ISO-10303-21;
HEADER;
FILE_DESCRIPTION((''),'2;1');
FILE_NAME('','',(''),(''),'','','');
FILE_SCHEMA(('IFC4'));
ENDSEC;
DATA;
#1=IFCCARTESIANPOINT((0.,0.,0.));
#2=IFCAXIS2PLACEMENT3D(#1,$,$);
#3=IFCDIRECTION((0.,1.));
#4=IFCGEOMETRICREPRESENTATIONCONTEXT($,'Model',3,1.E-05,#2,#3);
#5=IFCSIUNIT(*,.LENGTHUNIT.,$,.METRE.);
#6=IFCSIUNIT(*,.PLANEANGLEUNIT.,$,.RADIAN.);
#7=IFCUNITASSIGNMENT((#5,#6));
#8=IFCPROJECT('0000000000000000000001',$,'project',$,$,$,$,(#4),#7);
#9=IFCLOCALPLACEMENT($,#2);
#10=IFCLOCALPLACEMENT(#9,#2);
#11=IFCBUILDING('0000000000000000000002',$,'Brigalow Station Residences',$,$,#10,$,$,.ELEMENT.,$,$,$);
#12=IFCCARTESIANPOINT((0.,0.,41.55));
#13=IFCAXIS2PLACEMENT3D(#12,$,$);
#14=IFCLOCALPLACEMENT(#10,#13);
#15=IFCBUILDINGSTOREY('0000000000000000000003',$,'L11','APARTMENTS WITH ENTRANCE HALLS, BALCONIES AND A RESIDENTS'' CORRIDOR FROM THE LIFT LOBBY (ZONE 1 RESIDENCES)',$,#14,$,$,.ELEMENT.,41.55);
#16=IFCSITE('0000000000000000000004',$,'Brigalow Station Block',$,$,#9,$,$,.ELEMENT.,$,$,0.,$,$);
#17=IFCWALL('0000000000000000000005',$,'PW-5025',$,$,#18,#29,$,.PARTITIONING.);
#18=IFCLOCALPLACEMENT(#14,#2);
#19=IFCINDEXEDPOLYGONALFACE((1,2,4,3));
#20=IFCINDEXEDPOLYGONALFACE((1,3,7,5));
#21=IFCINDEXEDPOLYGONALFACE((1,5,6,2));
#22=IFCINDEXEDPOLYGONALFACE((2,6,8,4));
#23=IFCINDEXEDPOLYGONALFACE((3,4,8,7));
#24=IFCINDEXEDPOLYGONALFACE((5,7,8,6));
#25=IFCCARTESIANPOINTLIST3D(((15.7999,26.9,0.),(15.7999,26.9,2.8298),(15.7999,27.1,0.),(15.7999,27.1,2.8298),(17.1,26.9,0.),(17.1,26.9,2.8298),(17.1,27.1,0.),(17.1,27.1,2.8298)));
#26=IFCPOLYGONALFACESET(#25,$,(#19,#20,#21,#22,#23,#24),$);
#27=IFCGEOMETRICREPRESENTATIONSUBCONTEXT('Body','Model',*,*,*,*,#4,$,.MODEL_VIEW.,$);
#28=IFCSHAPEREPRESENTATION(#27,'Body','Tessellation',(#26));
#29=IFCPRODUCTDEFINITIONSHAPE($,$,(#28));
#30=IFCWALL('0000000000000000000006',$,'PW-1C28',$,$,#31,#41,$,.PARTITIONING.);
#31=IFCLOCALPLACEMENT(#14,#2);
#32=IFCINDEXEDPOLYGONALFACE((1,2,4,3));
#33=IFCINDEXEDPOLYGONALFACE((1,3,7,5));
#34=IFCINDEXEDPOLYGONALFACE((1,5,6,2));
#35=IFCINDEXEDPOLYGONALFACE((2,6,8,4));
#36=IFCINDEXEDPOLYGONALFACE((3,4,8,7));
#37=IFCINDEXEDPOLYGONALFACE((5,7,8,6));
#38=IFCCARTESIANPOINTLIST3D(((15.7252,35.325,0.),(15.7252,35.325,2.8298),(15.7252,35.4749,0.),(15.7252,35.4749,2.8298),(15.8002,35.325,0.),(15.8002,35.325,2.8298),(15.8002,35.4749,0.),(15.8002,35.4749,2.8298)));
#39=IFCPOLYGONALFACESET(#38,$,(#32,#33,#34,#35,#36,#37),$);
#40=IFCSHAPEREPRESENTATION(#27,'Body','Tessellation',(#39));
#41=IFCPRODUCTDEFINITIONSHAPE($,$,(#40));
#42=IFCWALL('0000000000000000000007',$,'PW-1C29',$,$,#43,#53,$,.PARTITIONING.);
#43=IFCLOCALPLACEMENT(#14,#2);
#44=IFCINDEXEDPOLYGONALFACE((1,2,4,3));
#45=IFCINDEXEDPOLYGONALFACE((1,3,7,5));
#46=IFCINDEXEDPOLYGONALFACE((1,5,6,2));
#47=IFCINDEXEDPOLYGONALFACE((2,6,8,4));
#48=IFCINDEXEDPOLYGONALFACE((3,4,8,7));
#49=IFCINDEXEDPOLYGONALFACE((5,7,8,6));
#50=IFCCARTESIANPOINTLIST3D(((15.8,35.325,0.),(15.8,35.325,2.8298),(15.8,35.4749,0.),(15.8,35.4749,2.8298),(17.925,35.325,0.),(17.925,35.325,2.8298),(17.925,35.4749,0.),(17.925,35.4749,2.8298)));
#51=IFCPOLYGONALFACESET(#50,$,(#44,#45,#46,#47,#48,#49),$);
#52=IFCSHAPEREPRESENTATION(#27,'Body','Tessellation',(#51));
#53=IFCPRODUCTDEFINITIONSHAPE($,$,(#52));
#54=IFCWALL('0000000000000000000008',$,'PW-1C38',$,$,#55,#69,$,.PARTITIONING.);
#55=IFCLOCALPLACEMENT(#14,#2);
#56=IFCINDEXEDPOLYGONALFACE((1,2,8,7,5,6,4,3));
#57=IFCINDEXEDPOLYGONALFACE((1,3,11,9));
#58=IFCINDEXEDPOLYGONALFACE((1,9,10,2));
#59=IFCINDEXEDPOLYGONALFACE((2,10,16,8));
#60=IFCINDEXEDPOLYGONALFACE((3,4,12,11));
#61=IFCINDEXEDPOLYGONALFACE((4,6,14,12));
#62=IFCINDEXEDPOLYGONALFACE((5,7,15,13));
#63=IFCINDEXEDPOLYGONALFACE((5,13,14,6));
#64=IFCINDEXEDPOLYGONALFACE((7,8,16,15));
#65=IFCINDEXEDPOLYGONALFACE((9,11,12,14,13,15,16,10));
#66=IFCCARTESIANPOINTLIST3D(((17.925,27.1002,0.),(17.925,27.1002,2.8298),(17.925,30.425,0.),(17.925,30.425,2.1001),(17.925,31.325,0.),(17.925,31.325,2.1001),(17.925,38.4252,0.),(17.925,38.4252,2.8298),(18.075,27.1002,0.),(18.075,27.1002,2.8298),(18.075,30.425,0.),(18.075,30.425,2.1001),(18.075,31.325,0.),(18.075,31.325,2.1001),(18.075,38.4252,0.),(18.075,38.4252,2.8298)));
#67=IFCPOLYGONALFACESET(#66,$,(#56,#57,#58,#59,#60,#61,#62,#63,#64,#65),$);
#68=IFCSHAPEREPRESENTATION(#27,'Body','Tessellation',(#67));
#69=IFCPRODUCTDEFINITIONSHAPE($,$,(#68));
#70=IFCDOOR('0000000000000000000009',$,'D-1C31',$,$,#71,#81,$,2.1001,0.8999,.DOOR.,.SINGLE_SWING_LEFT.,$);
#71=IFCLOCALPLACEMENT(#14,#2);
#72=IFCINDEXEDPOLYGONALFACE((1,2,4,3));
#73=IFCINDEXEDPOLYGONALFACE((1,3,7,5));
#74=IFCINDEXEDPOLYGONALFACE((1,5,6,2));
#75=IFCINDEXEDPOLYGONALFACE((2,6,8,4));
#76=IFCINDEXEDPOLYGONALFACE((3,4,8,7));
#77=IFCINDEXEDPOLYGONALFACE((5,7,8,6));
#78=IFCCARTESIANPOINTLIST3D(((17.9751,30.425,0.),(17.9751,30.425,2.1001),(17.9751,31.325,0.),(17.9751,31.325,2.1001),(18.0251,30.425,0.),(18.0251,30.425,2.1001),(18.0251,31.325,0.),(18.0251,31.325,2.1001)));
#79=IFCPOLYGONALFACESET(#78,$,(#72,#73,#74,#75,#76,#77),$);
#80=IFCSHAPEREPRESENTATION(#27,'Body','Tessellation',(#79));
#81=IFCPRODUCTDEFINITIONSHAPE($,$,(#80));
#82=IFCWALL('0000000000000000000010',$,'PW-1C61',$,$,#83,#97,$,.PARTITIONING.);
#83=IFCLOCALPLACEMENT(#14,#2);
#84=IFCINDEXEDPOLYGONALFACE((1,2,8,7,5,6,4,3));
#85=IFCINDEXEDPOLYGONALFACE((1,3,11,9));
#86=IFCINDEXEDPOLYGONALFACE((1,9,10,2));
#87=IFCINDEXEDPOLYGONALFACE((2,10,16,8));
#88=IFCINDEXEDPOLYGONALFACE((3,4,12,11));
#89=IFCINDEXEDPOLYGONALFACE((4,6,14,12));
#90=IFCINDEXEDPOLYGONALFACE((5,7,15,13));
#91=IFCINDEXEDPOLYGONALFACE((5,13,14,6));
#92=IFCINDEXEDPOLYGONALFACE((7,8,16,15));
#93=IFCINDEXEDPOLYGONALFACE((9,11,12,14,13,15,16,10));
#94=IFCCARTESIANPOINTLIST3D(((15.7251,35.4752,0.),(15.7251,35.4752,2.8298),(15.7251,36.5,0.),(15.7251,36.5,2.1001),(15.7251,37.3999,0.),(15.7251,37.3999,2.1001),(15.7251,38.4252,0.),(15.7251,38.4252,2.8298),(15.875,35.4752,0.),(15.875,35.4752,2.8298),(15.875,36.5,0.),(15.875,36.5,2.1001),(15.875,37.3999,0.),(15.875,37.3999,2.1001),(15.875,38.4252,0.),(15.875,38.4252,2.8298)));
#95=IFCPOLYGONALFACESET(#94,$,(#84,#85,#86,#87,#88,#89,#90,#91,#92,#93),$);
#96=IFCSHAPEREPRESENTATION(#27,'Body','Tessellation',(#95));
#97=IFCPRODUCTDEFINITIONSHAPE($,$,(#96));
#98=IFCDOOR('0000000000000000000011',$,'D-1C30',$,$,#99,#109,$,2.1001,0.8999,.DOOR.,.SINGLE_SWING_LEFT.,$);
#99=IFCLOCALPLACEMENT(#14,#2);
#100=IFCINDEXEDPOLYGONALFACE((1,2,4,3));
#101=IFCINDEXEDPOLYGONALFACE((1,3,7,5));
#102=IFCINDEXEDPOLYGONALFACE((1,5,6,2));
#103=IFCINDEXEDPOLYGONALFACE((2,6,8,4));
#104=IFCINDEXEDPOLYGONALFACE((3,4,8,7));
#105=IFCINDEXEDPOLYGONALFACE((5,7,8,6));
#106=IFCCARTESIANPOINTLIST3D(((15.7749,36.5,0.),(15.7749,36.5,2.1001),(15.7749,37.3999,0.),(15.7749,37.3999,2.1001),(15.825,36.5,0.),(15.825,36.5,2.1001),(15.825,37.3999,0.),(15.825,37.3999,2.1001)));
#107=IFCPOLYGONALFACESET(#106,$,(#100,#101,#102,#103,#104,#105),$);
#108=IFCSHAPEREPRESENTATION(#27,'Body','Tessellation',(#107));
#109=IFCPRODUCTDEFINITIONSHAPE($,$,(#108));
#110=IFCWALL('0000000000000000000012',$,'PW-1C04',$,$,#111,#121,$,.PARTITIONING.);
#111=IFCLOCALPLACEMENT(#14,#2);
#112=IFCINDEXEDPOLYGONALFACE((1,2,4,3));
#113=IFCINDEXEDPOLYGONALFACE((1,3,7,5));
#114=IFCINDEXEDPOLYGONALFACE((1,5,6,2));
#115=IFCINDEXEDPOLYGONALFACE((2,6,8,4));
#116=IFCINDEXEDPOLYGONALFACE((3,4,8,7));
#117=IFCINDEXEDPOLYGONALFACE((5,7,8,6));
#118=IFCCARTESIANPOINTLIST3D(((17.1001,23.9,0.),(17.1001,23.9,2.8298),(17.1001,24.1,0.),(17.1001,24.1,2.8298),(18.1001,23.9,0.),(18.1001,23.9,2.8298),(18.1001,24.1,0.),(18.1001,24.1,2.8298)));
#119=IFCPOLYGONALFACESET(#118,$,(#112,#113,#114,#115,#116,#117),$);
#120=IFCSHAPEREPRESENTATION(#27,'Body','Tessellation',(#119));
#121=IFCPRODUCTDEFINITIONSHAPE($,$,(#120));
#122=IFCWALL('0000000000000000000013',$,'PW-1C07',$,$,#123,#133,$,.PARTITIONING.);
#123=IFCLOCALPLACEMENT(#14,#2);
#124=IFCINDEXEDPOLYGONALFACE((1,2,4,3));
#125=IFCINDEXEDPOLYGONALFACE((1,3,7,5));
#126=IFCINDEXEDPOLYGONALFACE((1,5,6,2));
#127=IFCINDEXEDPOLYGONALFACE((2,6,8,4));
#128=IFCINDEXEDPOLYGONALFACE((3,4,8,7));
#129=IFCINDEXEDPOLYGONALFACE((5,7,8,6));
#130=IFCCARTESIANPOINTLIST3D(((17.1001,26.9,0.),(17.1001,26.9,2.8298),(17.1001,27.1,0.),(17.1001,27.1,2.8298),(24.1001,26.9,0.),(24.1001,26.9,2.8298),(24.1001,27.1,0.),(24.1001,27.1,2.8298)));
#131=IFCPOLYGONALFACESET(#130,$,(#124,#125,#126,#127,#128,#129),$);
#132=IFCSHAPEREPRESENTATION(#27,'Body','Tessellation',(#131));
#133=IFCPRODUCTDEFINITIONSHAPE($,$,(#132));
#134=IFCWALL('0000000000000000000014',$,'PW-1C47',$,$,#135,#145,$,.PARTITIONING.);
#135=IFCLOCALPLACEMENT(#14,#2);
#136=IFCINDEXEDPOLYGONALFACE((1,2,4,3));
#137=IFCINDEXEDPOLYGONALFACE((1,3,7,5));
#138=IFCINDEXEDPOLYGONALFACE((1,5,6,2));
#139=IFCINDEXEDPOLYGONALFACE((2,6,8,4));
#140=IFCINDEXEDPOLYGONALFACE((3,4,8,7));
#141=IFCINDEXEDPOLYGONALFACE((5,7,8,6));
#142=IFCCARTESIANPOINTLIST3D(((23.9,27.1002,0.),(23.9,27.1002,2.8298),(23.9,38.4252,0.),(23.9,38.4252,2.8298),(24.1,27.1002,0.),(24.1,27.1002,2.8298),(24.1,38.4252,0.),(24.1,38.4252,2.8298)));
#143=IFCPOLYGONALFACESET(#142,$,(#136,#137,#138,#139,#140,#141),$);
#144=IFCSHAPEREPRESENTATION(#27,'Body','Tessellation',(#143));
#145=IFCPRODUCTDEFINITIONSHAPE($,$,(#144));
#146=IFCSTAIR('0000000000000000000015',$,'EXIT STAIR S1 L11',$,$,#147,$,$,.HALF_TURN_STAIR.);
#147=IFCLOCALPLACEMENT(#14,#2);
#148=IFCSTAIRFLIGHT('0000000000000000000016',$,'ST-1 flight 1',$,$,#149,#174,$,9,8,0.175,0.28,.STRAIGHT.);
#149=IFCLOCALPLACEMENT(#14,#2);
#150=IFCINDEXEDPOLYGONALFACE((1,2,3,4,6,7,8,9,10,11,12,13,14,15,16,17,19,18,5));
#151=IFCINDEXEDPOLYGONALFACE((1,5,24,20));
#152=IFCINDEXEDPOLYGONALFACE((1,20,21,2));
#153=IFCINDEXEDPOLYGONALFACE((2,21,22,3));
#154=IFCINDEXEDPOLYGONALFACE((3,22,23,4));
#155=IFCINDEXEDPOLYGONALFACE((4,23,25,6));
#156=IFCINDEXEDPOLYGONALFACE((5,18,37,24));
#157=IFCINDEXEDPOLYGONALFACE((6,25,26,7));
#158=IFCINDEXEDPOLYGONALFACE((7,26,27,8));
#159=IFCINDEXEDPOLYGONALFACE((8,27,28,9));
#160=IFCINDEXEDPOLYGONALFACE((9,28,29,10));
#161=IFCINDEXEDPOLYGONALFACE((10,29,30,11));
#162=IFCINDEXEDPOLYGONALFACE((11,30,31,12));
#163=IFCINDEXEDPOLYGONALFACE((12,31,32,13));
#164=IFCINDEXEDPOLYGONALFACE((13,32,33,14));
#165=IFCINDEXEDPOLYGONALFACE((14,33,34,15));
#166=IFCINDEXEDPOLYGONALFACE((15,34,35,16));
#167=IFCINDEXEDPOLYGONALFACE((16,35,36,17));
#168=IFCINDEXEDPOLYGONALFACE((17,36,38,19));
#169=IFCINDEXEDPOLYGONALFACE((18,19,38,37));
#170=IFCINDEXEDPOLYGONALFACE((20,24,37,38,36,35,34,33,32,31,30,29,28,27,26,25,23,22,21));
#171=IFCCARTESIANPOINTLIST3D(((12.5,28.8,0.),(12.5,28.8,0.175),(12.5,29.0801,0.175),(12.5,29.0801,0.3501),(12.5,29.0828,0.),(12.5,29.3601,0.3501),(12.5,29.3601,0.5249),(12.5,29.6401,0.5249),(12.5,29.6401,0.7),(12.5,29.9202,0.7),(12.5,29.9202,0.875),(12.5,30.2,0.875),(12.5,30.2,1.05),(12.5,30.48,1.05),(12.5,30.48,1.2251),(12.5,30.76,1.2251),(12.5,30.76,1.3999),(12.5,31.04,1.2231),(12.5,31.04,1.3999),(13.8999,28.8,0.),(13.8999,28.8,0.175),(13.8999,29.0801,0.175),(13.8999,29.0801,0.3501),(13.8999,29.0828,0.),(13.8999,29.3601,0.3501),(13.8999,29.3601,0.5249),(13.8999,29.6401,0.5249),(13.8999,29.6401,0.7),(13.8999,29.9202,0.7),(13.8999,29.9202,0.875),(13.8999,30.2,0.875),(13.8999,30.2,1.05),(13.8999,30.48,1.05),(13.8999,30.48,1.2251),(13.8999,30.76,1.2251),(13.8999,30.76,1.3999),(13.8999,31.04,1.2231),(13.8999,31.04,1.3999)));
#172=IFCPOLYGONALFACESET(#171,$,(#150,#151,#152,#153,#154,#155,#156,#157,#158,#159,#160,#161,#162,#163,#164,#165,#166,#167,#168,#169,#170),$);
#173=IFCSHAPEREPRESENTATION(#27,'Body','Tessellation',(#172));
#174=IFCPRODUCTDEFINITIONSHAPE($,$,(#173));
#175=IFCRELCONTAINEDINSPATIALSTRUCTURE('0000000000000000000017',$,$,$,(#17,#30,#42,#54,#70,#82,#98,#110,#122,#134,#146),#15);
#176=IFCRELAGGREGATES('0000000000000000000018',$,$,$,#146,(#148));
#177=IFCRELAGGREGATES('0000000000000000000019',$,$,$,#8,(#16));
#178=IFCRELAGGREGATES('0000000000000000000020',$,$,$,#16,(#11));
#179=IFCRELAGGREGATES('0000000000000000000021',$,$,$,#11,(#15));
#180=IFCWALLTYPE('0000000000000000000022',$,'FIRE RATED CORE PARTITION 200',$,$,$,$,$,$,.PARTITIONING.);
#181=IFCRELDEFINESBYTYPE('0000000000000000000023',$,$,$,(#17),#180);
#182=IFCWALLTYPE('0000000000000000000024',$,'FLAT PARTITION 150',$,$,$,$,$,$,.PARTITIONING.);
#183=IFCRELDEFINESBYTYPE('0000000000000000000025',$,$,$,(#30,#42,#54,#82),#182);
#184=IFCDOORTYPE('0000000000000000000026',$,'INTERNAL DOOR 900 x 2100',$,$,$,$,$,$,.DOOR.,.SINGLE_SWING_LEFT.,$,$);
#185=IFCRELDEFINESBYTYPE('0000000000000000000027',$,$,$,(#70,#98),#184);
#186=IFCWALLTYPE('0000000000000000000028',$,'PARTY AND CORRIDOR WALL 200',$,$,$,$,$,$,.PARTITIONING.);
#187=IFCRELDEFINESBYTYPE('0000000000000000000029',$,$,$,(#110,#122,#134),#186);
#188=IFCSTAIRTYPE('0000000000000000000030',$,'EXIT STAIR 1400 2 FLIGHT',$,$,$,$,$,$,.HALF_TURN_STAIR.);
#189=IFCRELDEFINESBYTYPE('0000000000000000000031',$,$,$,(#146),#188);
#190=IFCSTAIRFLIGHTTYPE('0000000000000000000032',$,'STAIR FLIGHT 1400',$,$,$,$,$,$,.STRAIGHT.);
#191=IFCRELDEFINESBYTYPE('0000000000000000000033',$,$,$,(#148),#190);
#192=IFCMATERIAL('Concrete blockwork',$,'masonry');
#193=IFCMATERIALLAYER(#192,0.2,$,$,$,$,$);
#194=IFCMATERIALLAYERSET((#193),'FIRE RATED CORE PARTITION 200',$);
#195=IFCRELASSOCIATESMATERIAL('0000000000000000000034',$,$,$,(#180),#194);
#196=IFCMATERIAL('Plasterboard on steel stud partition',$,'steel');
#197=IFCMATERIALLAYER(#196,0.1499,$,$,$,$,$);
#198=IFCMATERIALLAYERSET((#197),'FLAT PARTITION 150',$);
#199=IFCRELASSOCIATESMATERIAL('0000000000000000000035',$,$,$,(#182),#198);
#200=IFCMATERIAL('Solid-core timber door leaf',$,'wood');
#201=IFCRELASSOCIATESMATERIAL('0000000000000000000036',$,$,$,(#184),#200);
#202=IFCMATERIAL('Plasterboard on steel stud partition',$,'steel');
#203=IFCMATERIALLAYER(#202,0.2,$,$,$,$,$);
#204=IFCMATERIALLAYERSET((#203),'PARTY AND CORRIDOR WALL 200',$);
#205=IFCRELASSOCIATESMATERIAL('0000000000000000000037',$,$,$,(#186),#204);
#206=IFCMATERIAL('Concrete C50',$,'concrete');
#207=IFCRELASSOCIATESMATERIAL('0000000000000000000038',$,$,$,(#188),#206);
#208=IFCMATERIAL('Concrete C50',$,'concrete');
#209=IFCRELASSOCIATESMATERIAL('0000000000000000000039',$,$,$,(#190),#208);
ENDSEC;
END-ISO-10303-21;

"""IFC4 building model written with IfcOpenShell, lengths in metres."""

from ifc_helpers import new_model, si_unit, direction, frame, frame_2d, origin, place, context, subcontext, project, spatial, polyline, rectangle, outline, extrude, material, layer, layer_set, type_object, element, fill, aggregate, save


model = new_model("IFC4")

# Units and contexts
model_context = context("Model", 3, precision=1e-05, world=origin(), true_north=direction((0.0, 1.0)))
body_context = subcontext(model_context, "Body", "Model", "MODEL_VIEW")
ifc_project = project(units=[si_unit("LENGTHUNIT", "METRE"), si_unit("PLANEANGLEUNIT", "RADIAN")], contexts=[model_context])

# Site, building, storey
site_placement = place(None, origin())
site = spatial("IfcSite", under=ifc_project, at=site_placement, Name="Brigalow Station Block", CompositionType="ELEMENT", RefElevation=0.0)
building_placement = place(site_placement, origin())
building = spatial("IfcBuilding", under=site, at=building_placement, Name="Brigalow Station Residences", CompositionType="ELEMENT")
storey_placement = place(building_placement, frame((0.0, 0.0, 41.55)))
storey = spatial("IfcBuildingStorey", under=building, at=storey_placement, Name="L11", Description="APARTMENTS WITH ENTRANCE HALLS, BALCONIES AND A RESIDENTS' CORRIDOR FROM THE LIFT LOBBY (ZONE 1 RESIDENCES)", CompositionType="ELEMENT", Elevation=41.55)

# Walls
ifc_material_1 = material(Name="Concrete blockwork", Category="masonry")
ifc_layer_1 = layer(ifc_material_1, 0.2)
ifc_layer_set_1 = layer_set([ifc_layer_1], Name="FIRE RATED CORE PARTITION 200")
wall_type_1 = type_object("IfcWallType", Name="FIRE RATED CORE PARTITION 200", PredefinedType="PARTITIONING", material=ifc_layer_set_1)
wall_1_placement = place(storey_placement, frame((15.8, 27.0, 0.0), z_axis=(0.0, 0.0, 1.0), x_axis=(1.0, 0.0, 0.0)))
element("IfcWall", 1, at=wall_1_placement, inside=storey, type_object=wall_type_1, Name="PW-5025", PredefinedType="PARTITIONING", context=body_context, shape_type="SweptSolid", body=[
    extrude(rectangle(XDim=1.3, YDim=0.2, at=frame_2d((0.6499, 0.0))), origin(), (0.0, 0.0, 1.0), 2.8298),
])
ifc_material_2 = material(Name="Plasterboard on steel stud partition", Category="steel")
ifc_layer_2 = layer(ifc_material_2, 0.1499)
ifc_layer_set_2 = layer_set([ifc_layer_2], Name="FLAT PARTITION 150")
wall_type_2 = type_object("IfcWallType", Name="FLAT PARTITION 150", PredefinedType="PARTITIONING", material=ifc_layer_set_2)
wall_2_placement = place(storey_placement, frame((15.7251, 35.3999, 0.0), z_axis=(0.0, 0.0, 1.0), x_axis=(1.0, 0.0, 0.0)))
element("IfcWall", 2, at=wall_2_placement, inside=storey, type_object=wall_type_2, Name="PW-1C28", PredefinedType="PARTITIONING", context=body_context, shape_type="SweptSolid", body=[
    extrude(rectangle(XDim=0.075, YDim=0.1499, at=frame_2d((0.0376, 0.0))), origin(), (0.0, 0.0, 1.0), 2.8298),
])
wall_3_placement = place(storey_placement, frame((15.8, 35.3999, 0.0), z_axis=(0.0, 0.0, 1.0), x_axis=(1.0, 0.0, 0.0)))
element("IfcWall", 3, at=wall_3_placement, inside=storey, type_object=wall_type_2, Name="PW-1C29", PredefinedType="PARTITIONING", context=body_context, shape_type="SweptSolid", body=[
    extrude(rectangle(XDim=2.125, YDim=0.1499, at=frame_2d((1.0625, 0.0))), origin(), (0.0, 0.0, 1.0), 2.8298),
])

# Walls, openings, doors
wall_4_placement = place(storey_placement, frame((18.0, 27.1001, 0.0), z_axis=(0.0, 0.0, 1.0), x_axis=(0.0, 1.0, 0.0)))
wall_4 = element("IfcWall", 4, at=wall_4_placement, inside=storey, type_object=wall_type_2, Name="PW-1C38", PredefinedType="PARTITIONING", context=body_context, shape_type="SweptSolid", body=[
    extrude(rectangle(XDim=11.325, YDim=0.1499, at=frame_2d((5.6626, 0.0))), origin(), (0.0, 0.0, 1.0), 2.8298),
])
opening_1_placement = place(wall_4_placement, frame((3.325, 0.0, 0.0)))
opening_1 = element("IfcOpeningElement", 5, at=opening_1_placement, cuts=wall_4, PredefinedType="OPENING", context=body_context, shape_type="SweptSolid", body=[
    extrude(rectangle(XDim=0.8999, YDim=2.1001, at=frame_2d((0.45, 1.05))), frame((0.0, 0.085, 0.0), z_axis=(0.0, -1.0, 0.0), x_axis=(1.0, 0.0, 0.0)), (0.0, 0.0, 1.0), 0.1699),
])
ifc_material_3 = material(Name="Solid-core timber door leaf", Category="wood")
door_type = type_object("IfcDoorType", Name="INTERNAL DOOR 900 x 2100", OperationType="SINGLE_SWING_LEFT", PredefinedType="DOOR", material=ifc_material_3)
door_1_placement = place(opening_1_placement, origin())
door_1 = element("IfcDoor", 6, at=door_1_placement, inside=storey, type_object=door_type, Name="D-1C31", OperationType="SINGLE_SWING_LEFT", OverallHeight=2.1001, OverallWidth=0.8999, PredefinedType="DOOR", context=body_context, shape_type="SweptSolid", body=[
    extrude(rectangle(XDim=0.8999, YDim=2.1001, at=frame_2d((0.45, 1.05))), frame((0.0, 0.0249, 0.0), z_axis=(0.0, -1.0, 0.0), x_axis=(1.0, 0.0, 0.0)), (0.0, 0.0, 1.0), 0.05),
])
fill(opening_1, door_1)
wall_5_placement = place(storey_placement, frame((15.8, 35.4751, 0.0), z_axis=(0.0, 0.0, 1.0), x_axis=(0.0, 1.0, 0.0)))
wall_5 = element("IfcWall", 7, at=wall_5_placement, inside=storey, type_object=wall_type_2, Name="PW-1C61", PredefinedType="PARTITIONING", context=body_context, shape_type="SweptSolid", body=[
    extrude(rectangle(XDim=2.95, YDim=0.1499, at=frame_2d((1.4751, 0.0))), origin(), (0.0, 0.0, 1.0), 2.8298),
])
opening_2_placement = place(wall_5_placement, frame((1.0249, 0.0, 0.0)))
opening_2 = element("IfcOpeningElement", 8, at=opening_2_placement, cuts=wall_5, PredefinedType="OPENING", context=body_context, shape_type="SweptSolid", body=[
    extrude(rectangle(XDim=0.8999, YDim=2.1001, at=frame_2d((0.45, 1.05))), frame((0.0, 0.085, 0.0), z_axis=(0.0, -1.0, 0.0), x_axis=(1.0, 0.0, 0.0)), (0.0, 0.0, 1.0), 0.1699),
])
door_2_placement = place(opening_2_placement, frame((0.8999, 0.0, 0.0), z_axis=(0.0, 0.0, 1.0), x_axis=(-1.0, 0.0, 0.0)))
door_2 = element("IfcDoor", 9, at=door_2_placement, inside=storey, type_object=door_type, Name="D-1C30", OperationType="SINGLE_SWING_LEFT", OverallHeight=2.1001, OverallWidth=0.8999, PredefinedType="DOOR", context=body_context, shape_type="SweptSolid", body=[
    extrude(rectangle(XDim=0.8999, YDim=2.1001, at=frame_2d((0.45, 1.05))), frame((0.0, 0.0249, 0.0), z_axis=(0.0, -1.0, 0.0), x_axis=(1.0, 0.0, 0.0)), (0.0, 0.0, 1.0), 0.05),
])
fill(opening_2, door_2)

# Walls
ifc_material_4 = material(Name="Plasterboard on steel stud partition", Category="steel")
ifc_layer_3 = layer(ifc_material_4, 0.2)
ifc_layer_set_3 = layer_set([ifc_layer_3], Name="PARTY AND CORRIDOR WALL 200")
wall_type_3 = type_object("IfcWallType", Name="PARTY AND CORRIDOR WALL 200", PredefinedType="PARTITIONING", material=ifc_layer_set_3)
wall_6_placement = place(storey_placement, frame((17.1001, 24.0, 0.0), z_axis=(0.0, 0.0, 1.0), x_axis=(1.0, 0.0, 0.0)))
element("IfcWall", 10, at=wall_6_placement, inside=storey, type_object=wall_type_3, Name="PW-1C04", PredefinedType="PARTITIONING", context=body_context, shape_type="SweptSolid", body=[
    extrude(rectangle(XDim=1.0, YDim=0.2, at=frame_2d((0.5, 0.0))), origin(), (0.0, 0.0, 1.0), 2.8298),
])
wall_7_placement = place(storey_placement, frame((17.1001, 27.0, 0.0), z_axis=(0.0, 0.0, 1.0), x_axis=(1.0, 0.0, 0.0)))
element("IfcWall", 11, at=wall_7_placement, inside=storey, type_object=wall_type_3, Name="PW-1C07", PredefinedType="PARTITIONING", context=body_context, shape_type="SweptSolid", body=[
    extrude(rectangle(XDim=7.0, YDim=0.2, at=frame_2d((3.5, 0.0))), origin(), (0.0, 0.0, 1.0), 2.8298),
])
wall_8_placement = place(storey_placement, frame((24.0, 27.1001, 0.0), z_axis=(0.0, 0.0, 1.0), x_axis=(0.0, 1.0, 0.0)))
element("IfcWall", 12, at=wall_8_placement, inside=storey, type_object=wall_type_3, Name="PW-1C47", PredefinedType="PARTITIONING", context=body_context, shape_type="SweptSolid", body=[
    extrude(rectangle(XDim=11.325, YDim=0.2, at=frame_2d((5.6626, 0.0))), origin(), (0.0, 0.0, 1.0), 2.8298),
])

# Stair, stair flight
ifc_material_5 = material(Name="Concrete C50", Category="concrete")
stair_type = type_object("IfcStairType", Name="EXIT STAIR 1400 2 FLIGHT", PredefinedType="HALF_TURN_STAIR", material=ifc_material_5)
stair_placement = place(storey_placement, origin())
stair = element("IfcStair", 13, at=stair_placement, inside=storey, type_object=stair_type, Name="EXIT STAIR S1 L11", PredefinedType="HALF_TURN_STAIR")
ifc_material_6 = material(Name="Concrete C50", Category="concrete")
stair_flight_type = type_object("IfcStairFlightType", Name="STAIR FLIGHT 1400", PredefinedType="STRAIGHT", material=ifc_material_6)
stair_flight_1_placement = place(storey_placement, frame((13.2, 28.8, 0.0), z_axis=(0.0, 0.0, 1.0), x_axis=(0.0, 1.0, 0.0)))
stair_flight_1 = element("IfcStairFlight", 14, at=stair_flight_1_placement, type_object=stair_flight_type, Name="ST-1 flight 1", NumberOfRisers=9, NumberOfTreads=8, PredefinedType="STRAIGHT", RiserHeight=0.175, TreadLength=0.28, context=body_context, shape_type="SweptSolid", body=[
    extrude(outline(polyline([(0.0, 0.0), (0.0, 0.175), (0.28, 0.175), (0.28, 0.3501), (0.5601, 0.3501), (0.5601, 0.5249), (0.8401, 0.5249), (0.8401, 0.7), (1.1201, 0.7), (1.1201, 0.875), (1.3999, 0.875), (1.3999, 1.05), (1.6799, 1.05), (1.6799, 1.2251), (1.96, 1.2251), (1.96, 1.3999), (2.24, 1.3999), (2.24, 1.575), (2.24, 1.2231), (0.2827, 0.0), (0.0, 0.0)])), frame((0.0, 0.7, 0.0), z_axis=(0.0, -1.0, 0.0), x_axis=(1.0, 0.0, 0.0)), (0.0, 0.0, 1.0), 1.3999),
])
aggregate(stair, [stair_flight_1])

save(model, "model.ifc")
